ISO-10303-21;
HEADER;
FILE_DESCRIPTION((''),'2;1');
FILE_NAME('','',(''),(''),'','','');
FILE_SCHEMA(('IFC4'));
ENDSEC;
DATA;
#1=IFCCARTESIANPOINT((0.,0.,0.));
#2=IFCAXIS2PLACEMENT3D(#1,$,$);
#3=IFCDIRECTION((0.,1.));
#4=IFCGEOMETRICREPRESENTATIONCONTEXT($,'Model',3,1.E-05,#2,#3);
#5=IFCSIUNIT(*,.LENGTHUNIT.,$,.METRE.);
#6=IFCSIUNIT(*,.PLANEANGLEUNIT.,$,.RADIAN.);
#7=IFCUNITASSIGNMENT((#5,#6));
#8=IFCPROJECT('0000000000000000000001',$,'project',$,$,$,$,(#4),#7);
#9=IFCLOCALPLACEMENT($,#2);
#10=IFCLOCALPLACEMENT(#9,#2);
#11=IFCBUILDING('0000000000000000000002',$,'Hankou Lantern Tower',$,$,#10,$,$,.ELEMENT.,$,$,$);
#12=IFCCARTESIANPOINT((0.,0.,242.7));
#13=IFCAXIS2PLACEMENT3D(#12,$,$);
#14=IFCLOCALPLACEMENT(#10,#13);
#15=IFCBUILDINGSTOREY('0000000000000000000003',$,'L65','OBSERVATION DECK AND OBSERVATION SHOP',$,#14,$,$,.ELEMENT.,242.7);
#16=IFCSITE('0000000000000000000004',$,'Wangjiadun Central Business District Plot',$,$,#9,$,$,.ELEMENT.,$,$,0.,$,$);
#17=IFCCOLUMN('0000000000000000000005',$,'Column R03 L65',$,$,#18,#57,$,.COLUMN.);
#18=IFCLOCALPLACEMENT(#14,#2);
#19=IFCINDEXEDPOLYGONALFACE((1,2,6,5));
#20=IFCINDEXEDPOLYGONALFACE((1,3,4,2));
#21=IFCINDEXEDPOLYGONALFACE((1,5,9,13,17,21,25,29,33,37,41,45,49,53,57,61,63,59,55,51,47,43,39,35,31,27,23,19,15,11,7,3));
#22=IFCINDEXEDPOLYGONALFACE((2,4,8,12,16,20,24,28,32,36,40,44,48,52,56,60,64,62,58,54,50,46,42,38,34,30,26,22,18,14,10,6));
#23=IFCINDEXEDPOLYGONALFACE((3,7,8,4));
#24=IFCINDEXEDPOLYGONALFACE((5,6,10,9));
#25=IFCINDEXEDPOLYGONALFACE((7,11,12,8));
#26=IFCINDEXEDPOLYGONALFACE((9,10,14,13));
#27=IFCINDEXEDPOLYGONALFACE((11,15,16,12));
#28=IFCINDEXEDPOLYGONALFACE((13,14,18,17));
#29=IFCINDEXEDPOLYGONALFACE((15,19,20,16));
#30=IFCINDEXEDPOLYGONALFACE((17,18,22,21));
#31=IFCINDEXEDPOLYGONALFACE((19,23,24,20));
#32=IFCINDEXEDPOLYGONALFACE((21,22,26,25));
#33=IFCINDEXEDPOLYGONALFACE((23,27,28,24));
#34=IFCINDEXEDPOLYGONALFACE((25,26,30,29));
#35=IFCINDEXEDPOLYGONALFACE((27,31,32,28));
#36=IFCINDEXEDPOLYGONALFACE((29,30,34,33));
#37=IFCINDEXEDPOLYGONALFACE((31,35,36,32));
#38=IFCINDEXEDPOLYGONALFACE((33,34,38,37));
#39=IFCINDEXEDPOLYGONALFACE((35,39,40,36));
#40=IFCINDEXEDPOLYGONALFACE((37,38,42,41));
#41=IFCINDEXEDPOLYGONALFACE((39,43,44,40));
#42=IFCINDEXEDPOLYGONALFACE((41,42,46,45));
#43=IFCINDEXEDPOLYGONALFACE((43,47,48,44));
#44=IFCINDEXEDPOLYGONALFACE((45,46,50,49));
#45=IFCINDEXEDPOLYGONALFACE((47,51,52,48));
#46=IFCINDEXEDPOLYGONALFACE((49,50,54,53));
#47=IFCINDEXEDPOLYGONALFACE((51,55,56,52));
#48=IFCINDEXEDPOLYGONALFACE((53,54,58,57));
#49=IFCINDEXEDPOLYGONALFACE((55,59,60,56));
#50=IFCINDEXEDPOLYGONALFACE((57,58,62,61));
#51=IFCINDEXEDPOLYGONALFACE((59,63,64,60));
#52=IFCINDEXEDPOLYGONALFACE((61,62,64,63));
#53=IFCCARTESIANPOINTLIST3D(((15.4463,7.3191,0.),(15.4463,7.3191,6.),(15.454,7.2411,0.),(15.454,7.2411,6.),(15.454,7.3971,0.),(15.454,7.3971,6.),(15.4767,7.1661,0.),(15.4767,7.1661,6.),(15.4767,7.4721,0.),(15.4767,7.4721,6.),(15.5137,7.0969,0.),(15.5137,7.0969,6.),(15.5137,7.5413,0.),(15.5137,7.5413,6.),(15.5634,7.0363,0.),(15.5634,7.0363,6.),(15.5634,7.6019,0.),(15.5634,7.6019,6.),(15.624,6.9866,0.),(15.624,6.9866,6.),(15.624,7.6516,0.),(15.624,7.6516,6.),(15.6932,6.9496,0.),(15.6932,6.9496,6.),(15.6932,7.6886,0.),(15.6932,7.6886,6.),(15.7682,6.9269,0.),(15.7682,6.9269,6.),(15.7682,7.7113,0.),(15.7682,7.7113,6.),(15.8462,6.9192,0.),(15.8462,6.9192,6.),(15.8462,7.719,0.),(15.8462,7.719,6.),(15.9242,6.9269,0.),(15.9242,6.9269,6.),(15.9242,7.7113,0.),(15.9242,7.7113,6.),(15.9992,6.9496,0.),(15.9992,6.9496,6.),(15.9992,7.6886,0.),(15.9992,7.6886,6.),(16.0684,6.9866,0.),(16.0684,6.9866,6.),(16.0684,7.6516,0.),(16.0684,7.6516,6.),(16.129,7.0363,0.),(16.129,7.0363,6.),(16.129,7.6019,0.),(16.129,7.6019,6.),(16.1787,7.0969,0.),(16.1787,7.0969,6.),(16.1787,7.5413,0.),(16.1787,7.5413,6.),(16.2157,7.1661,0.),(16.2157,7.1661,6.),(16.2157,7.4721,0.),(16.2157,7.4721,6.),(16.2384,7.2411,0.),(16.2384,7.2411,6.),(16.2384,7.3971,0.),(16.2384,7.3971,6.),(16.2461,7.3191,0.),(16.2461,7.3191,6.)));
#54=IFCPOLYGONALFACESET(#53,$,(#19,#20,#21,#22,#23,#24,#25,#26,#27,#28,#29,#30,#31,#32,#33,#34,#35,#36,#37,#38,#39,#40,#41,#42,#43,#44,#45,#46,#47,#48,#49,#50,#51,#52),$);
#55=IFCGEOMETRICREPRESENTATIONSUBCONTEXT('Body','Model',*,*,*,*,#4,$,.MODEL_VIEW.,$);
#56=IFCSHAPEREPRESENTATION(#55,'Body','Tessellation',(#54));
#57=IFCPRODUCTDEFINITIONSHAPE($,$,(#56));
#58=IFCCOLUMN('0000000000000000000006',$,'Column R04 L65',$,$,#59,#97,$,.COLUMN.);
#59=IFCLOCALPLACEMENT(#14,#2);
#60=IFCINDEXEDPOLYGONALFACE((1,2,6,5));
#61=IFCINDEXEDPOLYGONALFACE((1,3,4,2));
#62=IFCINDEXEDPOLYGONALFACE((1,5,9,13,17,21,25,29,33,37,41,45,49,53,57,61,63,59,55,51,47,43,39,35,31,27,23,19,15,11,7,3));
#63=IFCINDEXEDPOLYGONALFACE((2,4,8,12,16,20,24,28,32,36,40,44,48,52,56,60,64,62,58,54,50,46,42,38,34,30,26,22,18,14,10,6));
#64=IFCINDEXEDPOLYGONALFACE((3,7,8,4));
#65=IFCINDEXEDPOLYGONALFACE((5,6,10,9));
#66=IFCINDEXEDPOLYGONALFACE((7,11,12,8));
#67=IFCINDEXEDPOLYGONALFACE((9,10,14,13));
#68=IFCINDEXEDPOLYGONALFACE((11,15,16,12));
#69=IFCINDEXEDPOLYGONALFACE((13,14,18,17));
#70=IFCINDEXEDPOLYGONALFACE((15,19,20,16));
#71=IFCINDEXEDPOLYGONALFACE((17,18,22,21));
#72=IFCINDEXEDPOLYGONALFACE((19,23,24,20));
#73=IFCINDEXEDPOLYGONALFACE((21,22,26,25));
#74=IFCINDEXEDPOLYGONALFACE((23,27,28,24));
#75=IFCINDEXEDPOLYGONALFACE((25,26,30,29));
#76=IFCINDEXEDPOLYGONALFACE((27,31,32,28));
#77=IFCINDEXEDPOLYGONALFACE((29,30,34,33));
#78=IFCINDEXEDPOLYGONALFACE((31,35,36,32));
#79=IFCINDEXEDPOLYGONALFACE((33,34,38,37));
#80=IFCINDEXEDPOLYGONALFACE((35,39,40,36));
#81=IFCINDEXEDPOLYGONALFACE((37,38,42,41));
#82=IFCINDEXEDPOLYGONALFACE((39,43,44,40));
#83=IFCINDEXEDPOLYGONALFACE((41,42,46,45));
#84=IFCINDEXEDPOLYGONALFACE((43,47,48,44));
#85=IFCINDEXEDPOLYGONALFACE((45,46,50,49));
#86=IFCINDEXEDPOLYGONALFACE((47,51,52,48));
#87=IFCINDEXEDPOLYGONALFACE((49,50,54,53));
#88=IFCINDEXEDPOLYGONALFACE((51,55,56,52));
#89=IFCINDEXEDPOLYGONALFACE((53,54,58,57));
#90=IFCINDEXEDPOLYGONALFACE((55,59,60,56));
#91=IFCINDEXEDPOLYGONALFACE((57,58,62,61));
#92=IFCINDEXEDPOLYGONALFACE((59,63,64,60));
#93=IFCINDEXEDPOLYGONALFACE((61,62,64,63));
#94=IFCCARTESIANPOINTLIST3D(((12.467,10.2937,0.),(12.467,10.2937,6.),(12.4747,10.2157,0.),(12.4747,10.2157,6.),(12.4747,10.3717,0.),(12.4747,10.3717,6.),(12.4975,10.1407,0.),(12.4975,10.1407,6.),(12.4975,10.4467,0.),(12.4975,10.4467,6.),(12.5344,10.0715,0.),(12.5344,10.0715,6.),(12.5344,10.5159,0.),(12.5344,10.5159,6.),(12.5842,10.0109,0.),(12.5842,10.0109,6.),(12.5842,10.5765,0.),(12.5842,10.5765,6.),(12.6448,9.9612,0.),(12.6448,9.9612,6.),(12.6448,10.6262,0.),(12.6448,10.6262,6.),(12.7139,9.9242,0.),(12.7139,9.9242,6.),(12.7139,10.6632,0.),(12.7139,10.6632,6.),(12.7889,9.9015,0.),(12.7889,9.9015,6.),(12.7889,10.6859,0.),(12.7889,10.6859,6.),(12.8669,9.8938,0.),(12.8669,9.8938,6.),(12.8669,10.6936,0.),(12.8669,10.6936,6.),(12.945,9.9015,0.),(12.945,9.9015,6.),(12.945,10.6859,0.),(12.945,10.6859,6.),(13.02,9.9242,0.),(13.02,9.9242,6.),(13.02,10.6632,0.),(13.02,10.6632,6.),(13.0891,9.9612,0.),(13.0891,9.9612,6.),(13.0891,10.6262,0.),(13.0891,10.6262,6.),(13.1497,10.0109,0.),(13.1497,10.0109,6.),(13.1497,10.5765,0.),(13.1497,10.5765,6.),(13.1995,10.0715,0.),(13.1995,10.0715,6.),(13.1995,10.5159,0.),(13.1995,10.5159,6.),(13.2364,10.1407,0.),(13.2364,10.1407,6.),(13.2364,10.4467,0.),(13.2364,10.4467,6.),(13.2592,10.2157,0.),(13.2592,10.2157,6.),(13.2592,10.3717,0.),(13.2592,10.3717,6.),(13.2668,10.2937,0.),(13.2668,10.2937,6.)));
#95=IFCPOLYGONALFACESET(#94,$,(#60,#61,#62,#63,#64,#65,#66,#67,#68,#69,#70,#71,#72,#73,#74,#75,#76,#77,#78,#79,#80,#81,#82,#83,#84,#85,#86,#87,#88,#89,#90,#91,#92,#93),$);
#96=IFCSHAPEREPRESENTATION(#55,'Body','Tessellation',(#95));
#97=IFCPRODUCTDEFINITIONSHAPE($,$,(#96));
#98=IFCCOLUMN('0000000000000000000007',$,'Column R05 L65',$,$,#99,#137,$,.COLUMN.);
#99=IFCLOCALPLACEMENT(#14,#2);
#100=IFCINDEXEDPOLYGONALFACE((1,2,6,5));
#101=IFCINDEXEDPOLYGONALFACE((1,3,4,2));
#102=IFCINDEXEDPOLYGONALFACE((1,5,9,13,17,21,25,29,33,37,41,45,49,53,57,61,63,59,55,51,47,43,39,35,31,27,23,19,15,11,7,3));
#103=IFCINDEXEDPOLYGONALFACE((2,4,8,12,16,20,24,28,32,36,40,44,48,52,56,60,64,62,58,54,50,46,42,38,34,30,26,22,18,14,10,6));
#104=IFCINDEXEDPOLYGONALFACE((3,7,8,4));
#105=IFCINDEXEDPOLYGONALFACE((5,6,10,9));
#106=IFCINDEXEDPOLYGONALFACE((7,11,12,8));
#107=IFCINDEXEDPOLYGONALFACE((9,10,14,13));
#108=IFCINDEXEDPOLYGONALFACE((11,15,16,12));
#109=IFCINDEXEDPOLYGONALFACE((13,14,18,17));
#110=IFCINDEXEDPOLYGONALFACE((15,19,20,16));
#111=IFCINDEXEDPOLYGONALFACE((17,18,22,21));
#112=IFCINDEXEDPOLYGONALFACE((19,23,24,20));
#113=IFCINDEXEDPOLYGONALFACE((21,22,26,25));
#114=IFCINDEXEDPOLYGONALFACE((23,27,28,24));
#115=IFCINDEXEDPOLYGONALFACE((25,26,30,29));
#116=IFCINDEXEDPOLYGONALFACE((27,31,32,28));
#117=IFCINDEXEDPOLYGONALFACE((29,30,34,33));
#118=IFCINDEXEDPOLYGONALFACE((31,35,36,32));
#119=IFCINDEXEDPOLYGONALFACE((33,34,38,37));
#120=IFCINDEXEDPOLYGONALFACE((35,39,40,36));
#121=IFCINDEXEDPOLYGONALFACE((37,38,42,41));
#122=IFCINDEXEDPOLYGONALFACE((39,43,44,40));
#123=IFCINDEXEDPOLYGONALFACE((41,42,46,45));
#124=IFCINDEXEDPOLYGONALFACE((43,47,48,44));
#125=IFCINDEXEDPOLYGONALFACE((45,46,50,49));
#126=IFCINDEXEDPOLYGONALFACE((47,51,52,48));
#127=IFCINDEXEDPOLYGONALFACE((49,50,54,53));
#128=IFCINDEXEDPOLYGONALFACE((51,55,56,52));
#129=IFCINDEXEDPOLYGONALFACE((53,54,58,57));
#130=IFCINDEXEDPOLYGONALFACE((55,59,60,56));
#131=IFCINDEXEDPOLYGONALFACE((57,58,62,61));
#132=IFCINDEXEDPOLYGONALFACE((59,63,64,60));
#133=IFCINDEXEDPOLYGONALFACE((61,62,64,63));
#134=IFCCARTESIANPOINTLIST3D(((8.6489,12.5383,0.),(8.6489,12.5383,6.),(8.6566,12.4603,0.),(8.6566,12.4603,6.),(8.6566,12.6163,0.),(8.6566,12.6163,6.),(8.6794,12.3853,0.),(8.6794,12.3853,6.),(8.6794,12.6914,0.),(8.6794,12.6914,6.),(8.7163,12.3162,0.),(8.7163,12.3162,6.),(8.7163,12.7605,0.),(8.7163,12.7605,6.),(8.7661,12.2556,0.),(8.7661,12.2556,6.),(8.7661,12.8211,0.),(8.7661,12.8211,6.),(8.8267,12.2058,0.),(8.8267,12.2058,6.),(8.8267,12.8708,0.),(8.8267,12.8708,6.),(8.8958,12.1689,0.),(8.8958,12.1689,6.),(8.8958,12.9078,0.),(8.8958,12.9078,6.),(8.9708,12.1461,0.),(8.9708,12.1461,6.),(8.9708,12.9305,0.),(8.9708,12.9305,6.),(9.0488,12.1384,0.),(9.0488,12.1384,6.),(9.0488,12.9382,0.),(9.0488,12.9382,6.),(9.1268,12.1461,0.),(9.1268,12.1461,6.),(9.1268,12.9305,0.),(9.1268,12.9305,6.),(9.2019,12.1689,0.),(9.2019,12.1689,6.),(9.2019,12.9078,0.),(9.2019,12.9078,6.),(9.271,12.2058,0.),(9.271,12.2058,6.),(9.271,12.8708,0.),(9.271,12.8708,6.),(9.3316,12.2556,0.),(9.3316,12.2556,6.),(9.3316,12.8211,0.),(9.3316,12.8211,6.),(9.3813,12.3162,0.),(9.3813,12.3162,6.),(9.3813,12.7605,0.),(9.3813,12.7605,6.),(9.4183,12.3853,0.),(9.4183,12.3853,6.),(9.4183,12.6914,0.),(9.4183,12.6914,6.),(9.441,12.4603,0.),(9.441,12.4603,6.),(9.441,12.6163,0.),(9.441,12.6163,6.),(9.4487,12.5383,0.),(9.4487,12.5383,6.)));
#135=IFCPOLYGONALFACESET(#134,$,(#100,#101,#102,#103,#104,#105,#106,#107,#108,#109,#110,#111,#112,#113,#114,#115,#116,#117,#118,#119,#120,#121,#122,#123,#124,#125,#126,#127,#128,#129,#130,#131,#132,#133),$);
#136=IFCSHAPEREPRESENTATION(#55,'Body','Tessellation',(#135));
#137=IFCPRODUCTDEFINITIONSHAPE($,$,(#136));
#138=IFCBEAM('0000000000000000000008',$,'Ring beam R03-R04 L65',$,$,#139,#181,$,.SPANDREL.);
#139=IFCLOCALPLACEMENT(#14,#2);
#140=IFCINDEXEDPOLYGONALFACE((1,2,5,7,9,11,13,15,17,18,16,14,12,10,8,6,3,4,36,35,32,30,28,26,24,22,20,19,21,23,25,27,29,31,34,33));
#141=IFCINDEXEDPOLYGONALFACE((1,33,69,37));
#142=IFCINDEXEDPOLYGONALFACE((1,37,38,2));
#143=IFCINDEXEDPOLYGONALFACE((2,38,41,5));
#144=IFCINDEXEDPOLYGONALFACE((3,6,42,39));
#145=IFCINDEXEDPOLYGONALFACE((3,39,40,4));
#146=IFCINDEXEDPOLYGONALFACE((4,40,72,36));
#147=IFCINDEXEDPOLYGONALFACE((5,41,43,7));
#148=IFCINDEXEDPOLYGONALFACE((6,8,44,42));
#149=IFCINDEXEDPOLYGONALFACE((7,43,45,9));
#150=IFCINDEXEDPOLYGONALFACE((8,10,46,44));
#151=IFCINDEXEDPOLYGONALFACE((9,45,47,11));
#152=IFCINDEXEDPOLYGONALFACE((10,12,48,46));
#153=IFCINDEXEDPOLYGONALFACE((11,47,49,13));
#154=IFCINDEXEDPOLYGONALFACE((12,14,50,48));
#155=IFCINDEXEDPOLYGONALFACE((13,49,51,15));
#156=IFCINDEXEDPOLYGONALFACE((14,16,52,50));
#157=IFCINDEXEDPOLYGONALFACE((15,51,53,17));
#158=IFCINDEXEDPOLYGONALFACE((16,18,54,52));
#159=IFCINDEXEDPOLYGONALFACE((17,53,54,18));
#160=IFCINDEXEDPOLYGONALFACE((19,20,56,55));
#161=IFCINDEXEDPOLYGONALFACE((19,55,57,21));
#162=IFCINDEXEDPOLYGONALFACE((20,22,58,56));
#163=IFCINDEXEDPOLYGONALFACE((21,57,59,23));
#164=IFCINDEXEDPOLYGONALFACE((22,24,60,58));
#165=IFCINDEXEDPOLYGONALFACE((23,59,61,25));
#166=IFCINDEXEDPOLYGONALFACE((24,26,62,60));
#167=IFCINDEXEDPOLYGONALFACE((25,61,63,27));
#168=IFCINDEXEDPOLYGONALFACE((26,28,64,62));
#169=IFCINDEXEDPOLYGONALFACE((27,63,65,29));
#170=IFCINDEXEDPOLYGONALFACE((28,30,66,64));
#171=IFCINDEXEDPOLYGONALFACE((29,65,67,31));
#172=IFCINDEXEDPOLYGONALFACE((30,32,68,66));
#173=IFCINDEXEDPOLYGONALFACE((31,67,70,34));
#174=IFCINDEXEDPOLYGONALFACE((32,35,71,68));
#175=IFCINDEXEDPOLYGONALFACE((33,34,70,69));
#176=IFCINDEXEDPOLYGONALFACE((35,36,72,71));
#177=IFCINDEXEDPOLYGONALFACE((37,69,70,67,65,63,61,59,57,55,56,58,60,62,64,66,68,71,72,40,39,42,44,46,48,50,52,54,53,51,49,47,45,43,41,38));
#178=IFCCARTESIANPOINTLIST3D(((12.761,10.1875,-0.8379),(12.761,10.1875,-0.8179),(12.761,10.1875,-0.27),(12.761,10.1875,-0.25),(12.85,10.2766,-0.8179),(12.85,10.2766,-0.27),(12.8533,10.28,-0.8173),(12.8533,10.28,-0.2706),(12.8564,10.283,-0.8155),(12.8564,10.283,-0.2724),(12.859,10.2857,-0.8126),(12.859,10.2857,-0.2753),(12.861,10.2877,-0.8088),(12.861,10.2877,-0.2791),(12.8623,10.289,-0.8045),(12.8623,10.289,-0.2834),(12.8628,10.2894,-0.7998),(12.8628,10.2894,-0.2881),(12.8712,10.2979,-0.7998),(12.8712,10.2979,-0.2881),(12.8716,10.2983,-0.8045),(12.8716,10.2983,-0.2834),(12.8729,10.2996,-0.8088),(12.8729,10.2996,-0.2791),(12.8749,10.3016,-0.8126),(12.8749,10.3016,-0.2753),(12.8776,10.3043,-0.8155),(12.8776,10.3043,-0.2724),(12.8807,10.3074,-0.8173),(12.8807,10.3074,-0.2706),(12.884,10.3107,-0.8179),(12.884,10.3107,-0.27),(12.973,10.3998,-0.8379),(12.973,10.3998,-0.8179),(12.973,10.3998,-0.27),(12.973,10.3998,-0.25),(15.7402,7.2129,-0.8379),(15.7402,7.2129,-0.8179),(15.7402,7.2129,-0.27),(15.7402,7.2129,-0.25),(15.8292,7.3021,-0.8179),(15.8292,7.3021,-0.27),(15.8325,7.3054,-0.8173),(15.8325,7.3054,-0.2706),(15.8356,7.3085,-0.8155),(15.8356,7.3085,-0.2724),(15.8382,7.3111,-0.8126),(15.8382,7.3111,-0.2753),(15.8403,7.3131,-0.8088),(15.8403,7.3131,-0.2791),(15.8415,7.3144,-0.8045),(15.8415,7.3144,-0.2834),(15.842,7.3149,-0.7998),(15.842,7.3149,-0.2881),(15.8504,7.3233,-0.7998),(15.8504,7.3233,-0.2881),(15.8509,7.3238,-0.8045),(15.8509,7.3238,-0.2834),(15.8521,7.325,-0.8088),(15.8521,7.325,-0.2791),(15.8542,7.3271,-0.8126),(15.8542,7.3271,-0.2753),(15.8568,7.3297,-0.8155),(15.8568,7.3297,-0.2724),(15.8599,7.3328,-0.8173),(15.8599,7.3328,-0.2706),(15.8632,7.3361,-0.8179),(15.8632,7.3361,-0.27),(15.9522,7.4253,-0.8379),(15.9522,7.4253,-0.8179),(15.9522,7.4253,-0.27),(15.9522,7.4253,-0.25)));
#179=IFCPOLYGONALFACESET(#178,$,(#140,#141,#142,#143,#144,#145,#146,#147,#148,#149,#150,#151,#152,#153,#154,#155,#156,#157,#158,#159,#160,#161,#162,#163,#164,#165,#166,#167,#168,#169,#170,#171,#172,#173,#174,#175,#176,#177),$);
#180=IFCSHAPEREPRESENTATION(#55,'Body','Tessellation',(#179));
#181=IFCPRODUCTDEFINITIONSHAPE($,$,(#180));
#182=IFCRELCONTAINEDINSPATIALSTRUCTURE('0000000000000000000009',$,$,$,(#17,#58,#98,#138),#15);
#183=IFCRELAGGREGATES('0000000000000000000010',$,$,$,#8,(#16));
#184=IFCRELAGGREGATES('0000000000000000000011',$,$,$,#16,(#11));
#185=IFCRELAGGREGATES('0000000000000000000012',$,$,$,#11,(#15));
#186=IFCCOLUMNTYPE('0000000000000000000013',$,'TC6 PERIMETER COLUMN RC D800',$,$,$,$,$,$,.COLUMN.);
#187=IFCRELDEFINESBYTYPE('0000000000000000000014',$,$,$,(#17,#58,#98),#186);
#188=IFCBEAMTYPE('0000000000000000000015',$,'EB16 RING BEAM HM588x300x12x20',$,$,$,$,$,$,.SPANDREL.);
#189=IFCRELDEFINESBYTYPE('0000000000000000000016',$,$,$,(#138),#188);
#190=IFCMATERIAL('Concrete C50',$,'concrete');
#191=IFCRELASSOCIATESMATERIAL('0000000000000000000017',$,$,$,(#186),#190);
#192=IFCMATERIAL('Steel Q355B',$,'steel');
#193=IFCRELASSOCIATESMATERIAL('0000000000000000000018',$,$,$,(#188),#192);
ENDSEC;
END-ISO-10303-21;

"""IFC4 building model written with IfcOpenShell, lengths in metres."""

from ifc_helpers import new_model, si_unit, direction, frame, origin, origin_2d, place, context, subcontext, project, spatial, circle, i_section, extrude, material, material_profile, profile_set, type_object, element, save


model = new_model("IFC4")

# Units and contexts
model_context = context("Model", 3, precision=1e-05, world=origin(), true_north=direction((0.0, 1.0)))
body_context = subcontext(model_context, "Body", "Model", "MODEL_VIEW")
ifc_project = project(units=[si_unit("LENGTHUNIT", "METRE"), si_unit("PLANEANGLEUNIT", "RADIAN")], contexts=[model_context])

# Site, building, storey
site_placement = place(None, origin())
site = spatial("IfcSite", under=ifc_project, at=site_placement, Name="Wangjiadun Central Business District Plot", CompositionType="ELEMENT", RefElevation=0.0)
building_placement = place(site_placement, origin())
building = spatial("IfcBuilding", under=site, at=building_placement, Name="Hankou Lantern Tower", CompositionType="ELEMENT")
storey_placement = place(building_placement, frame((0.0, 0.0, 242.7)))
storey = spatial("IfcBuildingStorey", under=building, at=storey_placement, Name="L65", Description="OBSERVATION DECK AND OBSERVATION SHOP", CompositionType="ELEMENT", Elevation=242.7)

# Columns
ifc_material_1 = material(Name="Concrete C50", Category="concrete")
ifc_material_profile_1 = material_profile(ifc_material_1, circle(Radius=0.3999, at=origin_2d()), Name="RC D800")
ifc_profile_set_1 = profile_set([ifc_material_profile_1], Name="Concrete C50")
column_type = type_object("IfcColumnType", Name="TC6 PERIMETER COLUMN RC D800", PredefinedType="COLUMN", material=ifc_profile_set_1)
for number, where, z_axis, x_axis, name in (
    (1, (15.8462, 7.3191, 0.0), (0.0, 0.0, 1.0), (1.0, 0.0, 0.0), "Column R03 L65"),
    (2, (12.8669, 10.2937, 0.0), (0.0, 0.0, 1.0), (1.0, 0.0, 0.0), "Column R04 L65"),
    (3, (9.0488, 12.5383, 0.0), (0.0, 0.0, 1.0), (1.0, 0.0, 0.0), "Column R05 L65"),
):
    element("IfcColumn", number, at=place(storey_placement, frame(where, z_axis=z_axis, x_axis=x_axis)), inside=storey, type_object=column_type, Name=name, PredefinedType="COLUMN", context=body_context, shape_type="SweptSolid", body=[
        extrude(circle(Radius=0.3999, at=origin_2d()), origin(), (0.0, 0.0, 1.0), 6.0),
    ])

# Beam
ifc_material_2 = material(Name="Steel Q355B", Category="steel")
ifc_material_profile_2 = material_profile(ifc_material_2, i_section(OverallWidth=0.3, OverallDepth=0.5879, WebThickness=0.012, FlangeThickness=0.02, FilletRadius=0.0181, at=origin_2d()), Name="HM588x300x12x20")
ifc_profile_set_2 = profile_set([ifc_material_profile_2], Name="Steel Q355B")
beam_type_1 = type_object("IfcBeamType", Name="EB16 RING BEAM HM588x300x12x20", PredefinedType="SPANDREL", material=ifc_profile_set_2)
beam_1_placement = place(storey_placement, frame((15.8462, 7.3191, -0.5439), z_axis=(-0.707657, 0.706556, 0.0), x_axis=(-0.706556, -0.707657, 0.0)))
element("IfcBeam", 4, at=beam_1_placement, inside=storey, type_object=beam_type_1, Name="Ring beam R03-R04 L65", PredefinedType="SPANDREL", context=body_context, shape_type="SweptSolid", body=[
    extrude(i_section(OverallWidth=0.3, OverallDepth=0.5879, WebThickness=0.012, FlangeThickness=0.02, FilletRadius=0.0181, at=origin_2d()), origin(), (0.0, 0.0, 1.0), 4.21),
])

save(model, "model.ifc")
